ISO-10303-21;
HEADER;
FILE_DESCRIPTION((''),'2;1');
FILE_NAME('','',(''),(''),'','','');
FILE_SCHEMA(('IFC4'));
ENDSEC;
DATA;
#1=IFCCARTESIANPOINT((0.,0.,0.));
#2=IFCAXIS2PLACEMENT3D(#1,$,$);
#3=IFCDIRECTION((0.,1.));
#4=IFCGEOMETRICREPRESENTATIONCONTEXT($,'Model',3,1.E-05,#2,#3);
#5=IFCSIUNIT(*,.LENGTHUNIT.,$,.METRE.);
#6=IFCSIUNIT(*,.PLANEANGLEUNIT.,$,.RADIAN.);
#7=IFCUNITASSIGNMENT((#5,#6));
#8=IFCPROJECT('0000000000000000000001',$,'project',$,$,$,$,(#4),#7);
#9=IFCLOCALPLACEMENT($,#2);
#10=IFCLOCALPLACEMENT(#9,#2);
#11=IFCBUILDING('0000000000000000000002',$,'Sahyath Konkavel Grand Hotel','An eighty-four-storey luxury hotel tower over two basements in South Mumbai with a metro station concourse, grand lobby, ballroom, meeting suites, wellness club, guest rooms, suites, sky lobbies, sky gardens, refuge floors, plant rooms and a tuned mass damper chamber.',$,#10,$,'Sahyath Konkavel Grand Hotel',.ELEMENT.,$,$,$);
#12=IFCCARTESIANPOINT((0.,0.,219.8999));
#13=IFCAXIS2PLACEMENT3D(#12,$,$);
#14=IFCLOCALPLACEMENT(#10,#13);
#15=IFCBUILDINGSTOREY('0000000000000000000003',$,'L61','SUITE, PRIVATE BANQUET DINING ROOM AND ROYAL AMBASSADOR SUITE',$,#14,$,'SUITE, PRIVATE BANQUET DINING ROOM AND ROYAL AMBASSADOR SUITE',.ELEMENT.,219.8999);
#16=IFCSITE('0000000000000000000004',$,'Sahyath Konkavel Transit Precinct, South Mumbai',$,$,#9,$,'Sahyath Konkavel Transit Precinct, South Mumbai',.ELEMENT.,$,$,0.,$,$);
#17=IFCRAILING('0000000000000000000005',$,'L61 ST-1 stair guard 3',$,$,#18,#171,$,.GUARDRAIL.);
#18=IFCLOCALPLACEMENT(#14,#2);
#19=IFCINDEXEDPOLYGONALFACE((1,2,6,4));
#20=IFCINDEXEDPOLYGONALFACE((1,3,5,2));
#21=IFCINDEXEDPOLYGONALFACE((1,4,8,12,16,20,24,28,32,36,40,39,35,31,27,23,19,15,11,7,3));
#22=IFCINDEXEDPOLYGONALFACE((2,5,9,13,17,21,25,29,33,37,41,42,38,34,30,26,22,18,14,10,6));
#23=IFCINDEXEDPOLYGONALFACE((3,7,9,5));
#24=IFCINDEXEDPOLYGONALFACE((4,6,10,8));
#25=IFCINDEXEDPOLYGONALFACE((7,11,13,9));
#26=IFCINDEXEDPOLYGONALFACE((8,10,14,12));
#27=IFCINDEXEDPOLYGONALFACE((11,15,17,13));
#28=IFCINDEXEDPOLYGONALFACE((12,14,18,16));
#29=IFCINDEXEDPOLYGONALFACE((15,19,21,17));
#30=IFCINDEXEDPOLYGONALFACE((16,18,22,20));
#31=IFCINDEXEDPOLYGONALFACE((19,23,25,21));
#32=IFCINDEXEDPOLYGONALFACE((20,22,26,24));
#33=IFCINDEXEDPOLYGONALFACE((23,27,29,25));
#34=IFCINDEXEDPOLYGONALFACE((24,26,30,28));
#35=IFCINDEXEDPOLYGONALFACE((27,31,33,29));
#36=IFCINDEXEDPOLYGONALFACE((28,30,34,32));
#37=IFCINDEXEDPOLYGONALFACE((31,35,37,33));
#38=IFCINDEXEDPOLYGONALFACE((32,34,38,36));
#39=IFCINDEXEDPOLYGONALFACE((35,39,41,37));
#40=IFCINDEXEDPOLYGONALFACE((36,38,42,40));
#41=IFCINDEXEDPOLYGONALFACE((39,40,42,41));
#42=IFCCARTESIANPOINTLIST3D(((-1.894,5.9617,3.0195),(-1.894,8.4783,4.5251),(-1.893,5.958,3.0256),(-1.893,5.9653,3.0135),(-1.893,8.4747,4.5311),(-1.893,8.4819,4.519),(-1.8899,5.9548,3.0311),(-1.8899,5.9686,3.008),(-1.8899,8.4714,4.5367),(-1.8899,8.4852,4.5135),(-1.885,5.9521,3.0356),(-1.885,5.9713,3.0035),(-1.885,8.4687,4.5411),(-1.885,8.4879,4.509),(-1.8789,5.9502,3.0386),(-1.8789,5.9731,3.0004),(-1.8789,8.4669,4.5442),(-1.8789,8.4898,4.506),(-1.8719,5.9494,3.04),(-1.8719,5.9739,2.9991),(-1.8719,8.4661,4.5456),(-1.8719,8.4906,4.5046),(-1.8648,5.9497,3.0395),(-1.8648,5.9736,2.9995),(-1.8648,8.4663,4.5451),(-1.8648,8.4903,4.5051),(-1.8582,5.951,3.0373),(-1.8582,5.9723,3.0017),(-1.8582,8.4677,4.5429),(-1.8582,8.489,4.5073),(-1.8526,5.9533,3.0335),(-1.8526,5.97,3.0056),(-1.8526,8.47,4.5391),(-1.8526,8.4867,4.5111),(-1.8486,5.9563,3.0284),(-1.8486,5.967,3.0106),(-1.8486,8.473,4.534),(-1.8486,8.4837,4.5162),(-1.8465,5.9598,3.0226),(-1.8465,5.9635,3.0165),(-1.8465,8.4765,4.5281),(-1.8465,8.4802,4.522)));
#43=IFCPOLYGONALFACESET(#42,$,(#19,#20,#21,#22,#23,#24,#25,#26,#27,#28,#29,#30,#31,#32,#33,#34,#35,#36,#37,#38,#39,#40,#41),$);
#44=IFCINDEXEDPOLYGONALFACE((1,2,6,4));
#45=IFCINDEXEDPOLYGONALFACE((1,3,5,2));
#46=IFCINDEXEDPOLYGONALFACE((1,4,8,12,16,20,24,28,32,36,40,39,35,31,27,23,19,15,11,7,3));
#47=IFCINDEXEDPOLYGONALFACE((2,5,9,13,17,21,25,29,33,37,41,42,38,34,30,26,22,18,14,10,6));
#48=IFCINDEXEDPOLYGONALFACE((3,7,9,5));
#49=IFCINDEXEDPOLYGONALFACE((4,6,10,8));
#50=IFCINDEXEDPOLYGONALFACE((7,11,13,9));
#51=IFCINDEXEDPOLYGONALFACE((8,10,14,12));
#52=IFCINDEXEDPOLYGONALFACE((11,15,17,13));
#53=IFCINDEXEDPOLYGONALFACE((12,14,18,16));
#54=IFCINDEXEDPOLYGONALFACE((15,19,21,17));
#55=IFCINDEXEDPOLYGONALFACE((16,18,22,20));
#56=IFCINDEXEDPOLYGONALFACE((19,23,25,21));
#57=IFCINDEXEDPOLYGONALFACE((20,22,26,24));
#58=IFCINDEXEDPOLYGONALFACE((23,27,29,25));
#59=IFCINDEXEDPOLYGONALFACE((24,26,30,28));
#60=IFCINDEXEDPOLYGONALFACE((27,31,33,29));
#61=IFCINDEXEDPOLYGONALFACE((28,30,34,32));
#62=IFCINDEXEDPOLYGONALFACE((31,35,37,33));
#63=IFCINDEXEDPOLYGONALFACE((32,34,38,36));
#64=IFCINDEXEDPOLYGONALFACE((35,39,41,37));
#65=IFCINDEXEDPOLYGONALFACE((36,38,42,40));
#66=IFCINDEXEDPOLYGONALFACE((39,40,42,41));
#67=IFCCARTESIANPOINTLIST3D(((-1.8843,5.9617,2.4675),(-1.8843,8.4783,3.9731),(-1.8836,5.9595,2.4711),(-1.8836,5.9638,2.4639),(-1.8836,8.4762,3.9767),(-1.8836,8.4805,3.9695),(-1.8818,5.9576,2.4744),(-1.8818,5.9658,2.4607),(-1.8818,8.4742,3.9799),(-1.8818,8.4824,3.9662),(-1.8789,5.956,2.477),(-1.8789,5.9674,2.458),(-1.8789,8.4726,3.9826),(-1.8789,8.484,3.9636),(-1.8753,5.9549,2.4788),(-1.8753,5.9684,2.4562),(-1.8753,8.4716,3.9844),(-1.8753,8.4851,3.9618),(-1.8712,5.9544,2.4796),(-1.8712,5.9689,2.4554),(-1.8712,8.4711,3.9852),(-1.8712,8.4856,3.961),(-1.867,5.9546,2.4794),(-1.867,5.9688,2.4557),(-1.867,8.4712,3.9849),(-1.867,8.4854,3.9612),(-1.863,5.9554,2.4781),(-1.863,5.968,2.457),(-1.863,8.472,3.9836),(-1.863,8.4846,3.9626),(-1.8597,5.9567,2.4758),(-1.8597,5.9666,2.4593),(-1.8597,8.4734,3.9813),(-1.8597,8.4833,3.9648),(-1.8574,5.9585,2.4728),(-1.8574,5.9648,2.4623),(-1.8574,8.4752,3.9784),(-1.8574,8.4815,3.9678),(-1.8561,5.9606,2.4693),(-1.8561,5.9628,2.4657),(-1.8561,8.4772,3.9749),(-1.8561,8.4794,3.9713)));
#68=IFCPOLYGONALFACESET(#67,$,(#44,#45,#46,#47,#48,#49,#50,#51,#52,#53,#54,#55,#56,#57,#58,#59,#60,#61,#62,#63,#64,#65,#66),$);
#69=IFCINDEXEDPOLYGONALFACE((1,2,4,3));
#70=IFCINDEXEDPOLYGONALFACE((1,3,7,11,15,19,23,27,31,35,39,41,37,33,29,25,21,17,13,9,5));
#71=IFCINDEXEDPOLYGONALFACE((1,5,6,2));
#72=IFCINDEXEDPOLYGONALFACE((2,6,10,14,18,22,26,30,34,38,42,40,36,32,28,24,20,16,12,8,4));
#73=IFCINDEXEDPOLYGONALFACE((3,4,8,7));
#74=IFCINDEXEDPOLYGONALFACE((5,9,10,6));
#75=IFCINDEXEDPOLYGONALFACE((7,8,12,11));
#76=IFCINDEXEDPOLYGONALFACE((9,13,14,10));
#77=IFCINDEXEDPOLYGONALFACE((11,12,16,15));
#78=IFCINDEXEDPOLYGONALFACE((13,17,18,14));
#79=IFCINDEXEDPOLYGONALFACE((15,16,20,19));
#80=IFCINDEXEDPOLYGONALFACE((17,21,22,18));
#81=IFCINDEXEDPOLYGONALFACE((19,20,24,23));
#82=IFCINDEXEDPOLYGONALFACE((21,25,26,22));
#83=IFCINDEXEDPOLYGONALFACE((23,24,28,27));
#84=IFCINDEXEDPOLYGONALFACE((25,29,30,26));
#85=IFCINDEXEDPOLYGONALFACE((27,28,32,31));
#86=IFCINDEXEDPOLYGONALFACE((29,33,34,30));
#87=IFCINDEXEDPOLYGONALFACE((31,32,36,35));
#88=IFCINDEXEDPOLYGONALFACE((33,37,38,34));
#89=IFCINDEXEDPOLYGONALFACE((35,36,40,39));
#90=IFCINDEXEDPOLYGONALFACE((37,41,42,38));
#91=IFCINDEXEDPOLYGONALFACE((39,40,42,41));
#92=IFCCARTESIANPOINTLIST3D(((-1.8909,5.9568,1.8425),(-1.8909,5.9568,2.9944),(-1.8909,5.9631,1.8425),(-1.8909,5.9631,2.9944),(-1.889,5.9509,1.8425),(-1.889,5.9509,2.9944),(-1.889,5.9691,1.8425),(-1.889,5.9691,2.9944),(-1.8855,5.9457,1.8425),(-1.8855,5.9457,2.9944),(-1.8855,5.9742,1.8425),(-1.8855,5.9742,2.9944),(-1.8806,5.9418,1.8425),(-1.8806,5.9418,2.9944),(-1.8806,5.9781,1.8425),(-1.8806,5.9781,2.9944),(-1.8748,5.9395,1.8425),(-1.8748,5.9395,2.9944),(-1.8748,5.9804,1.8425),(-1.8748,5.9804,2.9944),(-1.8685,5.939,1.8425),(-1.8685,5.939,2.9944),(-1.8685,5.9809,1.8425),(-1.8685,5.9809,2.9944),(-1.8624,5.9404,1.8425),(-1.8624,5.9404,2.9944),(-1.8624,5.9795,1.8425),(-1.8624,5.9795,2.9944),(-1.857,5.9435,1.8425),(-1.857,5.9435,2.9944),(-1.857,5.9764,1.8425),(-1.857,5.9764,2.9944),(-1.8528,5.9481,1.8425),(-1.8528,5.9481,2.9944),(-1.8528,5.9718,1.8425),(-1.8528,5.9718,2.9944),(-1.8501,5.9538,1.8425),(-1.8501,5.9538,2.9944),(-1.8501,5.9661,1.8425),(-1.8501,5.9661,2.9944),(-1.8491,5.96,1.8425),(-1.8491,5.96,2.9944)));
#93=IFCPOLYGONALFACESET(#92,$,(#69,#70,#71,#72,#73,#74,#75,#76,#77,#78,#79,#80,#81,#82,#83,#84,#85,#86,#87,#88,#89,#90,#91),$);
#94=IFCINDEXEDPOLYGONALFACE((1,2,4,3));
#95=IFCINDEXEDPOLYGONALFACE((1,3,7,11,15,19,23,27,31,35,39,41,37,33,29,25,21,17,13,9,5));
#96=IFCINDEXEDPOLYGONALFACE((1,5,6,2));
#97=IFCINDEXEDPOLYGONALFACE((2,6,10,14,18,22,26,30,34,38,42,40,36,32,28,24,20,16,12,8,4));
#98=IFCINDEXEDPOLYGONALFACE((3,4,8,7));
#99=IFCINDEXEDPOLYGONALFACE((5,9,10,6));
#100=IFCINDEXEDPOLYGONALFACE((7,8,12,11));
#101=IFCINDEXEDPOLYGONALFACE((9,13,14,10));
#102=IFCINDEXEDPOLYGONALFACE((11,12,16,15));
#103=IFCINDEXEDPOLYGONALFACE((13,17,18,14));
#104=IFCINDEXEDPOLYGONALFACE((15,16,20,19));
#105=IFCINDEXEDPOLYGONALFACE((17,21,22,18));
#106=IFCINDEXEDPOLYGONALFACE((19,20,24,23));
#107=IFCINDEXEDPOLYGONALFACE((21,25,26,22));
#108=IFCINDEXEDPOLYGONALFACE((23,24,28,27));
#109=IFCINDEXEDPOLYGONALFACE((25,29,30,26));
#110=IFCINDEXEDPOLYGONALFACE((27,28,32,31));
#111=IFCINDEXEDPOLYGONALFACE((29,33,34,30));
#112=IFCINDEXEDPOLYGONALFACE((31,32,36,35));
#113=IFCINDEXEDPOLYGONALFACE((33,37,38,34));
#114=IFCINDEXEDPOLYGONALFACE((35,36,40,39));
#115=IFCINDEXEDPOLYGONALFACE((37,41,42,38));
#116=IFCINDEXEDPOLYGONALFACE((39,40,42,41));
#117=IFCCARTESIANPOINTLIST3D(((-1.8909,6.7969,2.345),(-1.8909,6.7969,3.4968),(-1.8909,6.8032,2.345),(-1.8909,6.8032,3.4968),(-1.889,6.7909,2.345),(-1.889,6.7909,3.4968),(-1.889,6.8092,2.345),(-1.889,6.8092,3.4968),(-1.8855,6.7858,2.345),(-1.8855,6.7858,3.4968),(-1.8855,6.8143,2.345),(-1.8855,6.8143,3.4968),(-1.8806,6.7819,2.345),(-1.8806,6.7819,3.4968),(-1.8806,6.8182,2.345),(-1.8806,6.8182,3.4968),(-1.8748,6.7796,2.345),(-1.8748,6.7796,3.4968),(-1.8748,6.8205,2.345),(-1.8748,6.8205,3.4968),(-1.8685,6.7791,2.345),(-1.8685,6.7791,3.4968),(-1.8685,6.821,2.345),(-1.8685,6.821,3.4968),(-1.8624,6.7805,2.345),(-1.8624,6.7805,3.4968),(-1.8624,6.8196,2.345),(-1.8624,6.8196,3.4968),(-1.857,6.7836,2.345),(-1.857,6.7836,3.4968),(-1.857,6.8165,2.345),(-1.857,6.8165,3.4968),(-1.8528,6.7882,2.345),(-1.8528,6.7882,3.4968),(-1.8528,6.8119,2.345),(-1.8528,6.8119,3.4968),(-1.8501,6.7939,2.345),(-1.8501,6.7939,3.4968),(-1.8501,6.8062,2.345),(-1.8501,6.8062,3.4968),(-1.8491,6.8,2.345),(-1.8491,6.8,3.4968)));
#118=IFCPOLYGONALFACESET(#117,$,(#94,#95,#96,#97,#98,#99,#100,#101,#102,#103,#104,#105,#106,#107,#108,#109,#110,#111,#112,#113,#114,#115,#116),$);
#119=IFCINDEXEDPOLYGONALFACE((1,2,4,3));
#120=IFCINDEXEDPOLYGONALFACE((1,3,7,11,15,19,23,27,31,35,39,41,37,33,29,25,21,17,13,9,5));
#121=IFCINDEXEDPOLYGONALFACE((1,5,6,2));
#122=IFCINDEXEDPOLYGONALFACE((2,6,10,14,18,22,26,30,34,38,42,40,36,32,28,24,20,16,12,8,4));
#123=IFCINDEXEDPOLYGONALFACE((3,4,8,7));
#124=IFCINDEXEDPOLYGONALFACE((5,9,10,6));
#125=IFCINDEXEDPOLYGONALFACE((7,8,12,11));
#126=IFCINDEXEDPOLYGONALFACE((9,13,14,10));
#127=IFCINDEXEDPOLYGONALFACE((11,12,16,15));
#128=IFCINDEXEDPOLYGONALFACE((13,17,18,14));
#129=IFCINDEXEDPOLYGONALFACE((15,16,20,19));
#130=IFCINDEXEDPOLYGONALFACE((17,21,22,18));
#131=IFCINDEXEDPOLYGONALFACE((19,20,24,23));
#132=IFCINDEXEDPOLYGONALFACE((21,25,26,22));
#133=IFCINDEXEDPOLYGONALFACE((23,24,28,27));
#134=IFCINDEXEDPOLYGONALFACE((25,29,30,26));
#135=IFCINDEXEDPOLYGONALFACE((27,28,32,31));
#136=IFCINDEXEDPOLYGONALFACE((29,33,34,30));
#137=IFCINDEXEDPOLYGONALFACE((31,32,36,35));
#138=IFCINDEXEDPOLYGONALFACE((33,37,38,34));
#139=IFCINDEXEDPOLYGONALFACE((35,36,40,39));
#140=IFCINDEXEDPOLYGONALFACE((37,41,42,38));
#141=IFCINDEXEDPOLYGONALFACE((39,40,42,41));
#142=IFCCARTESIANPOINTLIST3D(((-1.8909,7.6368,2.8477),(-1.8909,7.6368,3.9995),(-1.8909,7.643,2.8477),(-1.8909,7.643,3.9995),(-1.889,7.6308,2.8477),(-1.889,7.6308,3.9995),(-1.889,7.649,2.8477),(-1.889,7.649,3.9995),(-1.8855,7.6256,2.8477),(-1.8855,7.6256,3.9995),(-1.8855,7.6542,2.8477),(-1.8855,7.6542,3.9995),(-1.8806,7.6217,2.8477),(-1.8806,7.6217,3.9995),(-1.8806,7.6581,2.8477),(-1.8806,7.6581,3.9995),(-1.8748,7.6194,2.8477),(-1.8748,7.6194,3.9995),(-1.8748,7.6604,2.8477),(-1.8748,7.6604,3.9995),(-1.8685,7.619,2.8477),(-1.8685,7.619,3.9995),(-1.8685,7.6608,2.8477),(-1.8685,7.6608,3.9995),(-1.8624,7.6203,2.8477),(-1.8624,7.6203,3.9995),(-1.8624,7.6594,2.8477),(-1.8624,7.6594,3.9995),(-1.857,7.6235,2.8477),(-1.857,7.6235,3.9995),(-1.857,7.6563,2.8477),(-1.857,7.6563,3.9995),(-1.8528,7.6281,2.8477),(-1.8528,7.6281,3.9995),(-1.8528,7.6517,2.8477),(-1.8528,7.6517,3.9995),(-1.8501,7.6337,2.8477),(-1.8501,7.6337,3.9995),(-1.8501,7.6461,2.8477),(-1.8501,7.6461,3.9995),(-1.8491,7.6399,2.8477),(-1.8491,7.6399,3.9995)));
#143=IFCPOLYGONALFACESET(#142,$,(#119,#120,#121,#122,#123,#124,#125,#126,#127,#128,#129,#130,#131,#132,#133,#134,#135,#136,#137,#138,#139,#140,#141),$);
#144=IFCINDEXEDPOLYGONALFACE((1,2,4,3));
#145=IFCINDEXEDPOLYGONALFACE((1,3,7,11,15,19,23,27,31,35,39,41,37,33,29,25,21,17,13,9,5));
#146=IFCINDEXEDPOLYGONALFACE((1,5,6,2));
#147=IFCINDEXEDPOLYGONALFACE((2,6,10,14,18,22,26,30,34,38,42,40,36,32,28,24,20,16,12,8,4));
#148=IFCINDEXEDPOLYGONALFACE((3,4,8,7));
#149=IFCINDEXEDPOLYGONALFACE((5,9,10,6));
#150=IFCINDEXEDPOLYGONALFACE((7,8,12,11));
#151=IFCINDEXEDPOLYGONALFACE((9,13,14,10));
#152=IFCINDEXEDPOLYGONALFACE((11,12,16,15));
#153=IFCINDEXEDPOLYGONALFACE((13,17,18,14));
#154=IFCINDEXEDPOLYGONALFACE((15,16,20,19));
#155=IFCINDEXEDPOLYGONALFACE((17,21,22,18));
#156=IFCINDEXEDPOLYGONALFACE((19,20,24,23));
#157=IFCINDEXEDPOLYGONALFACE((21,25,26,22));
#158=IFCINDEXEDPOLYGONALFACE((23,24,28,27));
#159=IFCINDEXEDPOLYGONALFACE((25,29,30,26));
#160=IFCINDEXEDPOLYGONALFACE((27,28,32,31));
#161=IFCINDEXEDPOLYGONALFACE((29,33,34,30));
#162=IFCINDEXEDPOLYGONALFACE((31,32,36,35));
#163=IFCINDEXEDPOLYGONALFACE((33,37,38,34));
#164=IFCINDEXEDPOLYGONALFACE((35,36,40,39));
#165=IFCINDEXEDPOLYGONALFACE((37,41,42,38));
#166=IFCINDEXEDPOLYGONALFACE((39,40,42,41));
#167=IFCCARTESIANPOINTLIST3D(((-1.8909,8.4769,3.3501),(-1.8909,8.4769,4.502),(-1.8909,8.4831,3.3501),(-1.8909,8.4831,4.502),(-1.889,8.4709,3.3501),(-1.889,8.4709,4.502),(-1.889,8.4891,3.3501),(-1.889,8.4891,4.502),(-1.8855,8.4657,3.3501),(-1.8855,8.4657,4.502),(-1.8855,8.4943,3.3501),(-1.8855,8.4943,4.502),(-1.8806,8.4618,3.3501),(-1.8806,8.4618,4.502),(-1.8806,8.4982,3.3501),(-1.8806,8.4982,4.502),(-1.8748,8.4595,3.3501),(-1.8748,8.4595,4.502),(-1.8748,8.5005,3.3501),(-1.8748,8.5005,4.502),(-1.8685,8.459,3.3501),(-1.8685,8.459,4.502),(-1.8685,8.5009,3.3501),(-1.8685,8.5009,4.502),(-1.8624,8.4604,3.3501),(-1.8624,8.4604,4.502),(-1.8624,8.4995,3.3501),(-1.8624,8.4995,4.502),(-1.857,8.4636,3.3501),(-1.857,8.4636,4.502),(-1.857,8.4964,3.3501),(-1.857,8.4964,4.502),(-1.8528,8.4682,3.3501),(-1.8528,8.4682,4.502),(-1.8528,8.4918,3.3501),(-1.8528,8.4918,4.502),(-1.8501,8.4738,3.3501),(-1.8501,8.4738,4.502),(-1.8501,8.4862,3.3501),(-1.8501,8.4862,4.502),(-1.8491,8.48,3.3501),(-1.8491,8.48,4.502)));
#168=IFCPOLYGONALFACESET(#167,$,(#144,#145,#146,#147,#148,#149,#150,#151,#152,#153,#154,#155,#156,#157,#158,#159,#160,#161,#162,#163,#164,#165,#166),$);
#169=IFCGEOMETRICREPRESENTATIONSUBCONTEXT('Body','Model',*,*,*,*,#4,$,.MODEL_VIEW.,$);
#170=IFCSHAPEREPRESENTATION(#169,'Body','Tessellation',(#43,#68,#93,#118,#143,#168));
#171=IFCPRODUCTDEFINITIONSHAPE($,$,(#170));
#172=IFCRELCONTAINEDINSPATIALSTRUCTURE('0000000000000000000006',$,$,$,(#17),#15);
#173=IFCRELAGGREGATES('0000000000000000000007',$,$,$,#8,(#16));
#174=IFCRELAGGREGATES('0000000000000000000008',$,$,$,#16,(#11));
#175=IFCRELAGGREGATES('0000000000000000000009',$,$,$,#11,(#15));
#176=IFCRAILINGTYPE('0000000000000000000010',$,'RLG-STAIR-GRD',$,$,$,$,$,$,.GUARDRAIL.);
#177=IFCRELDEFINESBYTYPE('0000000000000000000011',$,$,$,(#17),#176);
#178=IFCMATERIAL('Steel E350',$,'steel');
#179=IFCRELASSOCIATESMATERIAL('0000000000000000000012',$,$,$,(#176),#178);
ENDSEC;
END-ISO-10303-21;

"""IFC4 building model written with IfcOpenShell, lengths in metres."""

from ifc_helpers import new_model, si_unit, direction, frame, origin, origin_2d, place, context, subcontext, project, spatial, circle, extrude, material, type_object, element, save


model = new_model("IFC4")

# Units and contexts
model_context = context("Model", 3, precision=1e-05, world=origin(), true_north=direction((0.0, 1.0)))
body_context = subcontext(model_context, "Body", "Model", "MODEL_VIEW")
ifc_project = project(units=[si_unit("LENGTHUNIT", "METRE"), si_unit("PLANEANGLEUNIT", "RADIAN")], contexts=[model_context])

# Site, building, storey
site_placement = place(None, origin())
site = spatial("IfcSite", under=ifc_project, at=site_placement, Name="Sahyath Konkavel Transit Precinct, South Mumbai", LongName="Sahyath Konkavel Transit Precinct, South Mumbai", CompositionType="ELEMENT", RefElevation=0.0)
building_placement = place(site_placement, origin())
building = spatial("IfcBuilding", under=site, at=building_placement, Name="Sahyath Konkavel Grand Hotel", Description="An eighty-four-storey luxury hotel tower over two basements in South Mumbai with a metro station concourse, grand lobby, ballroom, meeting suites, wellness club, guest rooms, suites, sky lobbies, sky gardens, refuge floors, plant rooms and a tuned mass damper chamber.", LongName="Sahyath Konkavel Grand Hotel", CompositionType="ELEMENT")
storey_placement = place(building_placement, frame((0.0, 0.0, 219.8999)))
storey = spatial("IfcBuildingStorey", under=building, at=storey_placement, Name="L61", Description="SUITE, PRIVATE BANQUET DINING ROOM AND ROYAL AMBASSADOR SUITE", LongName="SUITE, PRIVATE BANQUET DINING ROOM AND ROYAL AMBASSADOR SUITE", CompositionType="ELEMENT", Elevation=219.8999)

# Shared definitions
ifc_material_1 = material(Name="Steel E350", Category="steel")

# Railing
railing_type_1 = type_object("IfcRailingType", Name="RLG-STAIR-GRD", PredefinedType="GUARDRAIL", material=ifc_material_1)
railing_1_placement = place(storey_placement, frame((-1.8701, 5.96, 1.8425)))
element("IfcRailing", 1, at=railing_1_placement, inside=storey, type_object=railing_type_1, Name="L61 ST-1 stair guard 3", PredefinedType="GUARDRAIL", context=body_context, shape_type="SweptSolid", body=[
    extrude(circle(Radius=0.0239, at=origin_2d()), frame((0.0, 0.0017, 1.177), z_axis=(0.0, 0.85816, 0.513383), x_axis=(-1.0, 0.0, 0.0)), (0.0, 0.0, 1.0), 2.9326),
    extrude(circle(Radius=0.0142, at=origin_2d()), frame((0.0, 0.0017, 0.625), z_axis=(0.0, 0.85816, 0.513383), x_axis=(-1.0, 0.0, 0.0)), (0.0, 0.0, 1.0), 2.9326),
    extrude(circle(Radius=0.021, at=origin_2d()), origin(), (0.0, 0.0, 1.0), 1.1519),
    extrude(circle(Radius=0.021, at=origin_2d()), frame((0.0, 0.8401, 0.5024)), (0.0, 0.0, 1.0), 1.1519),
    extrude(circle(Radius=0.021, at=origin_2d()), frame((0.0, 1.6799, 1.0051)), (0.0, 0.0, 1.0), 1.1519),
    extrude(circle(Radius=0.021, at=origin_2d()), frame((0.0, 2.52, 1.5076)), (0.0, 0.0, 1.0), 1.1519),
])

save(model, "model.ifc")
